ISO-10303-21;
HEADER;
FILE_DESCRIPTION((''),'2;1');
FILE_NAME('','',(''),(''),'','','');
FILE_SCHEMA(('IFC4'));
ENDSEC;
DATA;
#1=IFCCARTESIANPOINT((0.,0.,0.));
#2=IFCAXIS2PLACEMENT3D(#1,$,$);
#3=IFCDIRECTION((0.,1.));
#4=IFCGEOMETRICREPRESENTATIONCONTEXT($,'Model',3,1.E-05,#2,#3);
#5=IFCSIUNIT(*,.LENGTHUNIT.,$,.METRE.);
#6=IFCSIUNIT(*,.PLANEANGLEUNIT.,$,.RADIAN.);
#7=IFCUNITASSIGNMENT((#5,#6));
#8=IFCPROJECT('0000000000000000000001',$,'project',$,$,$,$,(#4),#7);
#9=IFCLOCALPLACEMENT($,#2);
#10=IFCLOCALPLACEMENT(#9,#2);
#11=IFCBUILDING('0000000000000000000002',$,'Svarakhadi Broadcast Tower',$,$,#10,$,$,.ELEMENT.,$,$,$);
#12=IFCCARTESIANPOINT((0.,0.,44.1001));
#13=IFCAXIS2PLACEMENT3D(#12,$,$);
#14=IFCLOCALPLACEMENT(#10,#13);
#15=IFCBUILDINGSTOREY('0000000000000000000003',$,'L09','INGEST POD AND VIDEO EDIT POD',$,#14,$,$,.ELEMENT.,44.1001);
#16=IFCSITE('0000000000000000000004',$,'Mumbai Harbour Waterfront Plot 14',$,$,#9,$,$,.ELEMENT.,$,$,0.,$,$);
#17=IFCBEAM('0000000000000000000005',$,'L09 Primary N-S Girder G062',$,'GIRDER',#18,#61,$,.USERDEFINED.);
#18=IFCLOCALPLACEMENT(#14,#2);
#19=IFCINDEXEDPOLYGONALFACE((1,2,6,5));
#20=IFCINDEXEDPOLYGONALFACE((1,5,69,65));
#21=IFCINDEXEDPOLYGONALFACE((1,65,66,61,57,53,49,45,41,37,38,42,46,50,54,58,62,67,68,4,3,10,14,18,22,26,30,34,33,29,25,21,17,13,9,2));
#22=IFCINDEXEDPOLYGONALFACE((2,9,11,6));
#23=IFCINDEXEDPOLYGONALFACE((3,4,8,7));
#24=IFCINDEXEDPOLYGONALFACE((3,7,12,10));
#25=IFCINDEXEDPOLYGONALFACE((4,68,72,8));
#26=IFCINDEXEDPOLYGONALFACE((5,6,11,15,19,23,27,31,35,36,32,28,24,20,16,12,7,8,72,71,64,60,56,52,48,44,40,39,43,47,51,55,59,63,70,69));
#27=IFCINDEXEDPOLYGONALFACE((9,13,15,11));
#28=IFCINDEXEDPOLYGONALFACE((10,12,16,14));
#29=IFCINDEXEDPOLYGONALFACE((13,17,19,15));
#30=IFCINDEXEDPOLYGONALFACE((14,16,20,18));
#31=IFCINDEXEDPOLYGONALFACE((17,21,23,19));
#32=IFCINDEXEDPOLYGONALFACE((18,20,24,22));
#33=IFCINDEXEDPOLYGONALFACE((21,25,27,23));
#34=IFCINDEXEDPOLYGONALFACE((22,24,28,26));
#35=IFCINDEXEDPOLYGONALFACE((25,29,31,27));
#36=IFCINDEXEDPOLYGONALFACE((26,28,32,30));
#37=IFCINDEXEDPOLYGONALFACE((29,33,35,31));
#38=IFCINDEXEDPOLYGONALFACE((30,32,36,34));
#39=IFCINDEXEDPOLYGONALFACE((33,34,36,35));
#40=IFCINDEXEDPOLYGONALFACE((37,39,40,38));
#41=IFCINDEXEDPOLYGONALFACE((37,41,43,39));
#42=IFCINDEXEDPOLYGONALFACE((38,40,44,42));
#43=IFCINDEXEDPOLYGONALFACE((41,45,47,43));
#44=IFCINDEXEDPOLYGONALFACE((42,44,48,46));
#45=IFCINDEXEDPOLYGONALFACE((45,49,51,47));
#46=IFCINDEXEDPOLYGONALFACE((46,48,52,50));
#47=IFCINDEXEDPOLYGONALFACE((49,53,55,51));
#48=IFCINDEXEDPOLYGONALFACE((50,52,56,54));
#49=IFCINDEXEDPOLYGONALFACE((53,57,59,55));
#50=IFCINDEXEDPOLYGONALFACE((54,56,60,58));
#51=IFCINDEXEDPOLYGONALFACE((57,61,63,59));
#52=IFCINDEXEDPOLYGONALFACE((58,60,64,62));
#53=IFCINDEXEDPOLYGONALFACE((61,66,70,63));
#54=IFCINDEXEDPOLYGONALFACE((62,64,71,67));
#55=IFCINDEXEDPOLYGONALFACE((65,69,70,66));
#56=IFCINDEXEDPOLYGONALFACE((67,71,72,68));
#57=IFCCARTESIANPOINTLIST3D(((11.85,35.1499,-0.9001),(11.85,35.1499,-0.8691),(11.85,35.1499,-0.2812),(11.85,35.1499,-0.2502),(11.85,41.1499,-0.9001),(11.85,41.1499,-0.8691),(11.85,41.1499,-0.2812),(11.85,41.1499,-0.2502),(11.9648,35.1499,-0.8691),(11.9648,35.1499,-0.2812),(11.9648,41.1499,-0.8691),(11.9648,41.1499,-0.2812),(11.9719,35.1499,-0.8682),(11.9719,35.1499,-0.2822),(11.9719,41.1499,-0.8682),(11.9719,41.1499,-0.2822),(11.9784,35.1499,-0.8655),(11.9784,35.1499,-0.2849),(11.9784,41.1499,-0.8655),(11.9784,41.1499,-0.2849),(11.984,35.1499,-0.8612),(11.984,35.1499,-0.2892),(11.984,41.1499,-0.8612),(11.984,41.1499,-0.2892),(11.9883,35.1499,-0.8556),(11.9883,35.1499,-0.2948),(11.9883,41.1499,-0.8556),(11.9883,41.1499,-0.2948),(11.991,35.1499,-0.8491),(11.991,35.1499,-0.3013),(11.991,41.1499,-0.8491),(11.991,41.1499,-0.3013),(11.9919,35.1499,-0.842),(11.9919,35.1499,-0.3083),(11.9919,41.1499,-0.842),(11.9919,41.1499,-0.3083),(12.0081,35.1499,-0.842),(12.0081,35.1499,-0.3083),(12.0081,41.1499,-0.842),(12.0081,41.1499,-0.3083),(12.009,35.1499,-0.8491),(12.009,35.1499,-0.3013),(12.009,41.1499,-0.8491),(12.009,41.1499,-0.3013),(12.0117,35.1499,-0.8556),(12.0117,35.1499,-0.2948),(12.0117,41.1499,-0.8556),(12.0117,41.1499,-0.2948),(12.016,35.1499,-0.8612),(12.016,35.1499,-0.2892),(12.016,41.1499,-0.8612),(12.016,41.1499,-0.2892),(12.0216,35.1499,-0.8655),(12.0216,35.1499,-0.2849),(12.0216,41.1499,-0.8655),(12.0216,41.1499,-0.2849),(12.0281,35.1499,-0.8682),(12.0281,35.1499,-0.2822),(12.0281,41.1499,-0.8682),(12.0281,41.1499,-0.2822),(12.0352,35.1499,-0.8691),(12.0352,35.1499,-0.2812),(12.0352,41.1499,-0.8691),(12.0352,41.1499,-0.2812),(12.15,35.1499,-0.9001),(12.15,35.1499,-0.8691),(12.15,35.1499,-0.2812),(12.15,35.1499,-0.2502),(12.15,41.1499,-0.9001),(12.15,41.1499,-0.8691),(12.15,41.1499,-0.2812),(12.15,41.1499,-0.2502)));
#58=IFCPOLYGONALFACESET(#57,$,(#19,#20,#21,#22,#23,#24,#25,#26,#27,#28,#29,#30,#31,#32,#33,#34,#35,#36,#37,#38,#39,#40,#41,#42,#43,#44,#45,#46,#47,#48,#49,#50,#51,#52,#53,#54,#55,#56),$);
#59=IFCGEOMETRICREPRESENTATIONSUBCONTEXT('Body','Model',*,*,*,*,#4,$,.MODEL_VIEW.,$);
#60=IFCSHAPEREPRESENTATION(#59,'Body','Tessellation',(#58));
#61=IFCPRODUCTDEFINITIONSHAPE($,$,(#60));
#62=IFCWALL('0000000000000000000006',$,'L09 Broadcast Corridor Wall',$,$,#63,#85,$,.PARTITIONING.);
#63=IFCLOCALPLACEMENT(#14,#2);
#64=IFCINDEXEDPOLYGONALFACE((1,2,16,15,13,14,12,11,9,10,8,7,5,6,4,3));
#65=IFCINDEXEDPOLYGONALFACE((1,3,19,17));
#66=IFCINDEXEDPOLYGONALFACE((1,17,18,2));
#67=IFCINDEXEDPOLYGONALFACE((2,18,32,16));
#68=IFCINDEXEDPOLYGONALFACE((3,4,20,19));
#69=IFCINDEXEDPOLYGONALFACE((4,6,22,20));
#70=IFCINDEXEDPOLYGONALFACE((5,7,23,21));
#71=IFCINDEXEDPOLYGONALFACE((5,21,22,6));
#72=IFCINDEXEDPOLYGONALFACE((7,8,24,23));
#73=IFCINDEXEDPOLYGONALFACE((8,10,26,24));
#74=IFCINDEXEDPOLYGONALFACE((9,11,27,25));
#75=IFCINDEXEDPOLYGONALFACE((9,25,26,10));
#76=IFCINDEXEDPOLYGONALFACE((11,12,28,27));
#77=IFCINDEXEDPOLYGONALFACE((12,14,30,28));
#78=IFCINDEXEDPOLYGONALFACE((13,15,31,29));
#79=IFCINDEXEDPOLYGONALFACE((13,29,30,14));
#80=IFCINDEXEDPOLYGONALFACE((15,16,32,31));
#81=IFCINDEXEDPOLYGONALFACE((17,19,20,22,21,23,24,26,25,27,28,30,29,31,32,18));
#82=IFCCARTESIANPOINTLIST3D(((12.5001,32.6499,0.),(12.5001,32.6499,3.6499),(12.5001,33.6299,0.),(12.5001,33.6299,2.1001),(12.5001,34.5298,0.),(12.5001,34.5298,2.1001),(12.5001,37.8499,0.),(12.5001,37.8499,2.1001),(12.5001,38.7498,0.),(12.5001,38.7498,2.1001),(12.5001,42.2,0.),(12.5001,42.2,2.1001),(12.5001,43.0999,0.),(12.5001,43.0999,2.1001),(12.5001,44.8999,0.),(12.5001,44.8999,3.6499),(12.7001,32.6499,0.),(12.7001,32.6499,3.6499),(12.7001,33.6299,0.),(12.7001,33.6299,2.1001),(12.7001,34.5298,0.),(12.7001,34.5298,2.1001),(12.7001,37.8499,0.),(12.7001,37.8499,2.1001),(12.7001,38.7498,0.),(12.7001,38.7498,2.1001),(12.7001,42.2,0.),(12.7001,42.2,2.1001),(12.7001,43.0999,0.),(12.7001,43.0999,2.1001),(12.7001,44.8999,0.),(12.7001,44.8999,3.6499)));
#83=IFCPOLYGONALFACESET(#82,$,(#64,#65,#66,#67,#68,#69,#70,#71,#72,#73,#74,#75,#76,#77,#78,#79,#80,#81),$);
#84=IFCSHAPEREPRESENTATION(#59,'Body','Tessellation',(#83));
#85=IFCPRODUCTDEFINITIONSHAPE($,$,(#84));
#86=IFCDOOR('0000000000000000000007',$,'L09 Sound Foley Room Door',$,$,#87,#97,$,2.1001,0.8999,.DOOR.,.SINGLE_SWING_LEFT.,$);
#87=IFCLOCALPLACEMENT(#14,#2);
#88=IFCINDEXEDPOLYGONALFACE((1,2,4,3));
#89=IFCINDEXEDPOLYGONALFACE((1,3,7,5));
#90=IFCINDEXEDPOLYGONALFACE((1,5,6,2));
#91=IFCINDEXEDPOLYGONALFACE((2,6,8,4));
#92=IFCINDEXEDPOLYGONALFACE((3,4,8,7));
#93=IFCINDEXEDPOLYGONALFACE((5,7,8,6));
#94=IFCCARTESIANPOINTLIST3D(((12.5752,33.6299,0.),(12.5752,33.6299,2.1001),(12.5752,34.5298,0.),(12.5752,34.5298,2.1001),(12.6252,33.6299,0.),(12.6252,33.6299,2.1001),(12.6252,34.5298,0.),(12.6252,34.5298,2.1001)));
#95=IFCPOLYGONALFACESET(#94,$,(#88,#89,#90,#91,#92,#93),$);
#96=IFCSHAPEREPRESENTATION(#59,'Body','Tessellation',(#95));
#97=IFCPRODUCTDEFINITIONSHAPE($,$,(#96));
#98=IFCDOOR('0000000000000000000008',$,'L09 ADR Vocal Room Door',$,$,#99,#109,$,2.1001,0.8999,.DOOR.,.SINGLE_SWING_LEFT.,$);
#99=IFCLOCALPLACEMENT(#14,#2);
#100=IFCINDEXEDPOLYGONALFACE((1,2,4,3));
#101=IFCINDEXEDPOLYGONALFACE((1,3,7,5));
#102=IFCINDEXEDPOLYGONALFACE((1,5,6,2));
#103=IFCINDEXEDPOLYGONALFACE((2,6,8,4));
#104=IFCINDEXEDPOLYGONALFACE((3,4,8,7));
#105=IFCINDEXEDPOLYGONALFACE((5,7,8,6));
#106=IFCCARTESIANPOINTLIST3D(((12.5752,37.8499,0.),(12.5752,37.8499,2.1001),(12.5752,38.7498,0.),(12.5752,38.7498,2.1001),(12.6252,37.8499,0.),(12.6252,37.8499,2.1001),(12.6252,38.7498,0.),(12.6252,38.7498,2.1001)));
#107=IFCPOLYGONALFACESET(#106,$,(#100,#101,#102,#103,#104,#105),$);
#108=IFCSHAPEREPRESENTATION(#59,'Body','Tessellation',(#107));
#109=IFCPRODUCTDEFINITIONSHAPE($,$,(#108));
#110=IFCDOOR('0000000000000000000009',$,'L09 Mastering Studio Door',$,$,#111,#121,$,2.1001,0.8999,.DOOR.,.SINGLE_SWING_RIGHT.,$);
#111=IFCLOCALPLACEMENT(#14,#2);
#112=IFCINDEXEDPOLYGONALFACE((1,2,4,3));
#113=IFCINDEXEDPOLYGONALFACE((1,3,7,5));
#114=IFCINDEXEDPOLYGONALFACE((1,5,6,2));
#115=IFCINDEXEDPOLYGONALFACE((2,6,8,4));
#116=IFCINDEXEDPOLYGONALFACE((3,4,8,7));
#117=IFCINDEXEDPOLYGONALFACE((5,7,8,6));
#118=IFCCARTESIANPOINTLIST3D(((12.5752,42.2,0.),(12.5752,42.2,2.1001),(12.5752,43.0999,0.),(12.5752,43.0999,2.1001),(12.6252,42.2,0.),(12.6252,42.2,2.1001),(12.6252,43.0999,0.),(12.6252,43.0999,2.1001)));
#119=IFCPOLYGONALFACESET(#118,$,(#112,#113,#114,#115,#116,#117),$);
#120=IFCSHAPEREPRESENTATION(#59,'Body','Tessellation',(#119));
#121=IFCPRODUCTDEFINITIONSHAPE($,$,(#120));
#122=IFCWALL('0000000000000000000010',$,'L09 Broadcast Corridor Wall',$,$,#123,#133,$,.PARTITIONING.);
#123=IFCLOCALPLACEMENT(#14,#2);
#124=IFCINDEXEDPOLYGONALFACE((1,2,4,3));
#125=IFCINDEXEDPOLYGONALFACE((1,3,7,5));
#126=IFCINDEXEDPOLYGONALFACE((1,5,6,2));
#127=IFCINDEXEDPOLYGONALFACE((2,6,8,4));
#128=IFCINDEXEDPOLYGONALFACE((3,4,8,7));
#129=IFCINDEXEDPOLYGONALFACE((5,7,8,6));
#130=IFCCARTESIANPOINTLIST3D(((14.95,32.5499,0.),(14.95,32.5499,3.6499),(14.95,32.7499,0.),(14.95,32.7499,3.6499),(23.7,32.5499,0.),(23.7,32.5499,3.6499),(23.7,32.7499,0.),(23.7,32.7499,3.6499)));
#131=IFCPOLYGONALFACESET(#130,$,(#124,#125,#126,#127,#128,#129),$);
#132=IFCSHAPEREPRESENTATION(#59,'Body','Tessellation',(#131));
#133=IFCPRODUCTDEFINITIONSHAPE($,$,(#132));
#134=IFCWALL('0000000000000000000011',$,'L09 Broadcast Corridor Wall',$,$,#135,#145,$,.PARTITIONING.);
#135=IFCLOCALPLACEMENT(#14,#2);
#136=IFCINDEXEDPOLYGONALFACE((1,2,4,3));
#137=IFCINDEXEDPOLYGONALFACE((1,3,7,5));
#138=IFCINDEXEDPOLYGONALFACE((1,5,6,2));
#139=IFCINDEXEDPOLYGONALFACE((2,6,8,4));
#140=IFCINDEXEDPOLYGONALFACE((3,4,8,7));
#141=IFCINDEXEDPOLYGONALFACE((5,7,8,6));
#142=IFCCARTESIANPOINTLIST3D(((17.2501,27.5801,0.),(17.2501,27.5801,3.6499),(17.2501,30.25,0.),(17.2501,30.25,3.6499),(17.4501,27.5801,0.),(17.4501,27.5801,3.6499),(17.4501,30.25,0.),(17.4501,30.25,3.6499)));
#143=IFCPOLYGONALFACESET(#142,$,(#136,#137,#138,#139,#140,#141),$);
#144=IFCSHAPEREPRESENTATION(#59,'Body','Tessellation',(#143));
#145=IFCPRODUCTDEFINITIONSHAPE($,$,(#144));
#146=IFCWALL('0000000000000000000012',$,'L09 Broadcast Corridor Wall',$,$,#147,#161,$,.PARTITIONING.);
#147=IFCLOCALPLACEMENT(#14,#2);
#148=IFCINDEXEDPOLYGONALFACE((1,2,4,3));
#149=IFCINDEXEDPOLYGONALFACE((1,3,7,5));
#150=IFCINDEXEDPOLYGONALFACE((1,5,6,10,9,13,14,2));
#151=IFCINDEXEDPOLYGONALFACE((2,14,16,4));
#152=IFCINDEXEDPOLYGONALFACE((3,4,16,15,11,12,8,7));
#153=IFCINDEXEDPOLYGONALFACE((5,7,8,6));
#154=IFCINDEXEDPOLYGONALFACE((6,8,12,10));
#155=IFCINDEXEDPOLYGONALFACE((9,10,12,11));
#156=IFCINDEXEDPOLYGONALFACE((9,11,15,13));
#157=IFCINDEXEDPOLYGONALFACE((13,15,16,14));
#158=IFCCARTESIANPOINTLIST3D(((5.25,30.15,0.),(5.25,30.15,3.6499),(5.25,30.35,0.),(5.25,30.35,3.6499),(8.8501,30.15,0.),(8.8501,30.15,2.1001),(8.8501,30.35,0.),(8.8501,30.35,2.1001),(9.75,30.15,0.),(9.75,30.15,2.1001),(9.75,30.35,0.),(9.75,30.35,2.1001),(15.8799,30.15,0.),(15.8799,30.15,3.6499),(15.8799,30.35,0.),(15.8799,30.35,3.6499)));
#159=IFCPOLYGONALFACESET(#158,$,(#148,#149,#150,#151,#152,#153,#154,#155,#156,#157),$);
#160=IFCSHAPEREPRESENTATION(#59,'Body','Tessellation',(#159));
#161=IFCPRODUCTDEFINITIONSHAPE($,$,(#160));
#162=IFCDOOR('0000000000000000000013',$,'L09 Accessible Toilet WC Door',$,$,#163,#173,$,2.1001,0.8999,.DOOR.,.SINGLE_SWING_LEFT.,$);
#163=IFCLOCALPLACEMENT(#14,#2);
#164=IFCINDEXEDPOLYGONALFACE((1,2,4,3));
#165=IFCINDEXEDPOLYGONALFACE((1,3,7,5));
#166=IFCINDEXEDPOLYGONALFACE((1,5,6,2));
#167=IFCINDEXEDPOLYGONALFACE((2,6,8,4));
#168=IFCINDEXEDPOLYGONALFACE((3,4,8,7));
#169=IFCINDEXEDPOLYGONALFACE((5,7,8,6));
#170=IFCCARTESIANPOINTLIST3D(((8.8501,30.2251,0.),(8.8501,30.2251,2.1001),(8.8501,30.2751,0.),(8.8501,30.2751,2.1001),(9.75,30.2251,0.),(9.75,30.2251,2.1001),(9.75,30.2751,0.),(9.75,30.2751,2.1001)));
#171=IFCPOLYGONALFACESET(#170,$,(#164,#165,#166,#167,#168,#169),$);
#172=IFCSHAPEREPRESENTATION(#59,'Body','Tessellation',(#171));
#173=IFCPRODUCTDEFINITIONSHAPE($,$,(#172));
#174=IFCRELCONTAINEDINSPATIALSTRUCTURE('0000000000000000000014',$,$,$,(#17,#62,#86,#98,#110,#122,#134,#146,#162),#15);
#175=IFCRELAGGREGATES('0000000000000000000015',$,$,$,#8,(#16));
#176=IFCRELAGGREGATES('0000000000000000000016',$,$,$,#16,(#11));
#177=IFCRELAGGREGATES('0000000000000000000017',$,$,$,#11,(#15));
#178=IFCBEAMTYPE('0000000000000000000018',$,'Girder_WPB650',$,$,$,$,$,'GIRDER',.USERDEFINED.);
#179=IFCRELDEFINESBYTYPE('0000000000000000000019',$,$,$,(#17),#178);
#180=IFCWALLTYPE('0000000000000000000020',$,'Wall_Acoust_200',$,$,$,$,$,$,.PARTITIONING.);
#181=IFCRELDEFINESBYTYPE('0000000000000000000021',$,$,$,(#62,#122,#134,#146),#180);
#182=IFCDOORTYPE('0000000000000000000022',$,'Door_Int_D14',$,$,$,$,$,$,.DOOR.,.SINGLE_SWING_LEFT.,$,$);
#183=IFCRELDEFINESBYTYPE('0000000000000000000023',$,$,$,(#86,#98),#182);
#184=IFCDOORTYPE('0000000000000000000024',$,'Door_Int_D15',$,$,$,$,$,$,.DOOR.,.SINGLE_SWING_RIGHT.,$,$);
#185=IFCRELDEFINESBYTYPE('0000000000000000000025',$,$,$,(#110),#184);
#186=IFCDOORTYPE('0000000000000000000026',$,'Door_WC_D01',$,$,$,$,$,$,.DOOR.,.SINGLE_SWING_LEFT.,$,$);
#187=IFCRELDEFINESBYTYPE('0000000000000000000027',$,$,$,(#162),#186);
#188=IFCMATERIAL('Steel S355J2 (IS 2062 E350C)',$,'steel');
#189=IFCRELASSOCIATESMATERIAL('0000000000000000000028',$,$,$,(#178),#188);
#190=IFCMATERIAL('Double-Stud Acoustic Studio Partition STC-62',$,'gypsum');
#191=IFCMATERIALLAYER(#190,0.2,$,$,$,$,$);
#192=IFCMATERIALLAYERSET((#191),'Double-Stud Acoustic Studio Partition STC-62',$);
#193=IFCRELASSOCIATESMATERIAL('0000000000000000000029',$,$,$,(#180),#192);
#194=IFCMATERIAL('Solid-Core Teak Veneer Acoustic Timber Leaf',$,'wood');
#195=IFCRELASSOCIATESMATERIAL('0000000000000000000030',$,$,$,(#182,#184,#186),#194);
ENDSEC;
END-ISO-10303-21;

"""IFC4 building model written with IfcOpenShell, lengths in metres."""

from ifc_helpers import new_model, si_unit, direction, frame, frame_2d, origin, origin_2d, place, context, subcontext, project, spatial, rectangle, i_section, extrude, material, layer, layer_set, material_profile, profile_set, type_object, element, fill, save


model = new_model("IFC4")

# Units and contexts
model_context = context("Model", 3, precision=1e-05, world=origin(), true_north=direction((0.0, 1.0)))
body_context = subcontext(model_context, "Body", "Model", "MODEL_VIEW")
ifc_project = project(units=[si_unit("LENGTHUNIT", "METRE"), si_unit("PLANEANGLEUNIT", "RADIAN")], contexts=[model_context])

# Site, building, storey
site_placement = place(None, origin())
site = spatial("IfcSite", under=ifc_project, at=site_placement, Name="Mumbai Harbour Waterfront Plot 14", CompositionType="ELEMENT", RefElevation=0.0)
building_placement = place(site_placement, origin())
building = spatial("IfcBuilding", under=site, at=building_placement, Name="Svarakhadi Broadcast Tower", CompositionType="ELEMENT")
storey_placement = place(building_placement, frame((0.0, 0.0, 44.1001)))
storey = spatial("IfcBuildingStorey", under=building, at=storey_placement, Name="L09", Description="INGEST POD AND VIDEO EDIT POD", CompositionType="ELEMENT", Elevation=44.1001)

# Beam
ifc_material_1 = material(Name="Steel S355J2 (IS 2062 E350C)", Category="steel")
ifc_material_profile_1 = material_profile(ifc_material_1, i_section(OverallWidth=0.3, OverallDepth=0.6499, WebThickness=0.0161, FlangeThickness=0.031, FilletRadius=0.0271, at=origin_2d()), Name="WPB 650x300x225")
ifc_profile_set_1 = profile_set([ifc_material_profile_1], Name="Steel S355J2 (IS 2062 E350C)")
beam_type_1 = type_object("IfcBeamType", Name="Girder_WPB650", ElementType="GIRDER", PredefinedType="USERDEFINED", material=ifc_profile_set_1)
for number, where, z_axis, x_axis, name in (
    (1, (12.0, 35.1499, -0.5752), (0.0, 1.0, 0.0), (-1.0, 0.0, 0.0), "L09 Primary N-S Girder G062"),
):
    element("IfcBeam", number, at=place(storey_placement, frame(where, z_axis=z_axis, x_axis=x_axis)), inside=storey, type_object=beam_type_1, Name=name, ObjectType="GIRDER", PredefinedType="USERDEFINED", context=body_context, shape_type="SweptSolid", body=[
        extrude(i_section(OverallWidth=0.3, OverallDepth=0.6499, WebThickness=0.0161, FlangeThickness=0.031, FilletRadius=0.0271, at=origin_2d()), origin(), (0.0, 0.0, 1.0), 6.0),
    ])

# Wall, openings, doors
ifc_material_2 = material(Name="Double-Stud Acoustic Studio Partition STC-62", Category="gypsum")
ifc_layer_1 = layer(ifc_material_2, 0.2)
ifc_layer_set_1 = layer_set([ifc_layer_1], Name="Double-Stud Acoustic Studio Partition STC-62")
wall_type_1 = type_object("IfcWallType", Name="Wall_Acoust_200", PredefinedType="PARTITIONING", material=ifc_layer_set_1)
wall_1_placement = place(storey_placement, frame((12.6001, 32.6499, 0.0), z_axis=(0.0, 0.0, 1.0), x_axis=(0.0, 1.0, 0.0)))
wall_1 = element("IfcWall", 2, at=wall_1_placement, inside=storey, type_object=wall_type_1, Name="L09 Broadcast Corridor Wall", PredefinedType="PARTITIONING", context=body_context, shape_type="SweptSolid", body=[
    extrude(rectangle(XDim=12.25, YDim=0.2, at=frame_2d((6.125, 0.0))), origin(), (0.0, 0.0, 1.0), 3.6499),
])
opening_1_placement = place(wall_1_placement, frame((0.98, 0.0, 0.0)))
opening_1 = element("IfcOpeningElement", 3, at=opening_1_placement, cuts=wall_1, PredefinedType="OPENING", context=body_context, shape_type="SweptSolid", body=[
    extrude(rectangle(XDim=0.8999, YDim=2.1001, at=frame_2d((0.45, 1.05))), frame((0.0, 0.1099, 0.0), z_axis=(0.0, -1.0, 0.0), x_axis=(1.0, 0.0, 0.0)), (0.0, 0.0, 1.0), 0.22),
])
opening_2_placement = place(wall_1_placement, frame((5.2, 0.0, 0.0)))
opening_2 = element("IfcOpeningElement", 4, at=opening_2_placement, cuts=wall_1, PredefinedType="OPENING", context=body_context, shape_type="SweptSolid", body=[
    extrude(rectangle(XDim=0.8999, YDim=2.1001, at=frame_2d((0.45, 1.05))), frame((0.0, 0.1099, 0.0), z_axis=(0.0, -1.0, 0.0), x_axis=(1.0, 0.0, 0.0)), (0.0, 0.0, 1.0), 0.22),
])
opening_3_placement = place(wall_1_placement, frame((9.55, 0.0, 0.0)))
opening_3 = element("IfcOpeningElement", 5, at=opening_3_placement, cuts=wall_1, PredefinedType="OPENING", context=body_context, shape_type="SweptSolid", body=[
    extrude(rectangle(XDim=0.8999, YDim=2.1001, at=frame_2d((0.45, 1.05))), frame((0.0, 0.1099, 0.0), z_axis=(0.0, -1.0, 0.0), x_axis=(1.0, 0.0, 0.0)), (0.0, 0.0, 1.0), 0.22),
])
ifc_material_3 = material(Name="Solid-Core Teak Veneer Acoustic Timber Leaf", Category="wood")
door_type_1 = type_object("IfcDoorType", Name="Door_Int_D14", OperationType="SINGLE_SWING_LEFT", PredefinedType="DOOR", material=ifc_material_3)
door_1_placement = place(opening_1_placement, origin())
door_1 = element("IfcDoor", 6, at=door_1_placement, inside=storey, type_object=door_type_1, Name="L09 Sound Foley Room Door", OperationType="SINGLE_SWING_LEFT", OverallHeight=2.1001, OverallWidth=0.8999, PredefinedType="DOOR", context=body_context, shape_type="SweptSolid", body=[
    extrude(rectangle(XDim=0.8999, YDim=2.1001, at=frame_2d((0.45, 1.05))), frame((0.0, 0.0249, 0.0), z_axis=(0.0, -1.0, 0.0), x_axis=(1.0, 0.0, 0.0)), (0.0, 0.0, 1.0), 0.05),
])
fill(opening_1, door_1)
door_2_placement = place(opening_2_placement, origin())
door_2 = element("IfcDoor", 7, at=door_2_placement, inside=storey, type_object=door_type_1, Name="L09 ADR Vocal Room Door", OperationType="SINGLE_SWING_LEFT", OverallHeight=2.1001, OverallWidth=0.8999, PredefinedType="DOOR", context=body_context, shape_type="SweptSolid", body=[
    extrude(rectangle(XDim=0.8999, YDim=2.1001, at=frame_2d((0.45, 1.05))), frame((0.0, 0.0249, 0.0), z_axis=(0.0, -1.0, 0.0), x_axis=(1.0, 0.0, 0.0)), (0.0, 0.0, 1.0), 0.05),
])
fill(opening_2, door_2)
door_type_2 = type_object("IfcDoorType", Name="Door_Int_D15", OperationType="SINGLE_SWING_RIGHT", PredefinedType="DOOR", material=ifc_material_3)
door_3_placement = place(opening_3_placement, origin())
door_3 = element("IfcDoor", 8, at=door_3_placement, inside=storey, type_object=door_type_2, Name="L09 Mastering Studio Door", OperationType="SINGLE_SWING_RIGHT", OverallHeight=2.1001, OverallWidth=0.8999, PredefinedType="DOOR", context=body_context, shape_type="SweptSolid", body=[
    extrude(rectangle(XDim=0.8999, YDim=2.1001, at=frame_2d((0.45, 1.05))), frame((0.0, 0.0249, 0.0), z_axis=(0.0, -1.0, 0.0), x_axis=(1.0, 0.0, 0.0)), (0.0, 0.0, 1.0), 0.05),
])
fill(opening_3, door_3)

# Walls
wall_2_placement = place(storey_placement, frame((14.95, 32.6499, 0.0), z_axis=(0.0, 0.0, 1.0), x_axis=(1.0, 0.0, 0.0)))
element("IfcWall", 9, at=wall_2_placement, inside=storey, type_object=wall_type_1, Name="L09 Broadcast Corridor Wall", PredefinedType="PARTITIONING", context=body_context, shape_type="SweptSolid", body=[
    extrude(rectangle(XDim=8.75, YDim=0.2, at=frame_2d((4.375, 0.0))), origin(), (0.0, 0.0, 1.0), 3.6499),
])
wall_3_placement = place(storey_placement, frame((17.3501, 30.25, 0.0), z_axis=(0.0, 0.0, 1.0), x_axis=(0.0, -1.0, 0.0)))
element("IfcWall", 10, at=wall_3_placement, inside=storey, type_object=wall_type_1, Name="L09 Broadcast Corridor Wall", PredefinedType="PARTITIONING", context=body_context, shape_type="SweptSolid", body=[
    extrude(rectangle(XDim=2.6699, YDim=0.2, at=frame_2d((1.335, 0.0))), origin(), (0.0, 0.0, 1.0), 3.6499),
])

# Wall, opening, door
wall_4_placement = place(storey_placement, frame((15.8799, 30.25, 0.0), z_axis=(0.0, 0.0, 1.0), x_axis=(-1.0, 0.0, 0.0)))
wall_4 = element("IfcWall", 11, at=wall_4_placement, inside=storey, type_object=wall_type_1, Name="L09 Broadcast Corridor Wall", PredefinedType="PARTITIONING", context=body_context, shape_type="SweptSolid", body=[
    extrude(rectangle(XDim=10.6299, YDim=0.2, at=frame_2d((5.3149, 0.0))), origin(), (0.0, 0.0, 1.0), 3.6499),
])
opening_4_placement = place(wall_4_placement, frame((6.1299, 0.0, 0.0)))
opening_4 = element("IfcOpeningElement", 12, at=opening_4_placement, cuts=wall_4, PredefinedType="OPENING", context=body_context, shape_type="SweptSolid", body=[
    extrude(rectangle(XDim=0.8999, YDim=2.1001, at=frame_2d((0.45, 1.05))), frame((0.0, 0.1099, 0.0), z_axis=(0.0, -1.0, 0.0), x_axis=(1.0, 0.0, 0.0)), (0.0, 0.0, 1.0), 0.22),
])
door_type_3 = type_object("IfcDoorType", Name="Door_WC_D01", OperationType="SINGLE_SWING_LEFT", PredefinedType="DOOR", material=ifc_material_3)
door_4_placement = place(opening_4_placement, origin())
door_4 = element("IfcDoor", 13, at=door_4_placement, inside=storey, type_object=door_type_3, Name="L09 Accessible Toilet WC Door", OperationType="SINGLE_SWING_LEFT", OverallHeight=2.1001, OverallWidth=0.8999, PredefinedType="DOOR", context=body_context, shape_type="SweptSolid", body=[
    extrude(rectangle(XDim=0.8999, YDim=2.1001, at=frame_2d((0.45, 1.05))), frame((0.0, 0.0249, 0.0), z_axis=(0.0, -1.0, 0.0), x_axis=(1.0, 0.0, 0.0)), (0.0, 0.0, 1.0), 0.05),
])
fill(opening_4, door_4)

save(model, "model.ifc")
